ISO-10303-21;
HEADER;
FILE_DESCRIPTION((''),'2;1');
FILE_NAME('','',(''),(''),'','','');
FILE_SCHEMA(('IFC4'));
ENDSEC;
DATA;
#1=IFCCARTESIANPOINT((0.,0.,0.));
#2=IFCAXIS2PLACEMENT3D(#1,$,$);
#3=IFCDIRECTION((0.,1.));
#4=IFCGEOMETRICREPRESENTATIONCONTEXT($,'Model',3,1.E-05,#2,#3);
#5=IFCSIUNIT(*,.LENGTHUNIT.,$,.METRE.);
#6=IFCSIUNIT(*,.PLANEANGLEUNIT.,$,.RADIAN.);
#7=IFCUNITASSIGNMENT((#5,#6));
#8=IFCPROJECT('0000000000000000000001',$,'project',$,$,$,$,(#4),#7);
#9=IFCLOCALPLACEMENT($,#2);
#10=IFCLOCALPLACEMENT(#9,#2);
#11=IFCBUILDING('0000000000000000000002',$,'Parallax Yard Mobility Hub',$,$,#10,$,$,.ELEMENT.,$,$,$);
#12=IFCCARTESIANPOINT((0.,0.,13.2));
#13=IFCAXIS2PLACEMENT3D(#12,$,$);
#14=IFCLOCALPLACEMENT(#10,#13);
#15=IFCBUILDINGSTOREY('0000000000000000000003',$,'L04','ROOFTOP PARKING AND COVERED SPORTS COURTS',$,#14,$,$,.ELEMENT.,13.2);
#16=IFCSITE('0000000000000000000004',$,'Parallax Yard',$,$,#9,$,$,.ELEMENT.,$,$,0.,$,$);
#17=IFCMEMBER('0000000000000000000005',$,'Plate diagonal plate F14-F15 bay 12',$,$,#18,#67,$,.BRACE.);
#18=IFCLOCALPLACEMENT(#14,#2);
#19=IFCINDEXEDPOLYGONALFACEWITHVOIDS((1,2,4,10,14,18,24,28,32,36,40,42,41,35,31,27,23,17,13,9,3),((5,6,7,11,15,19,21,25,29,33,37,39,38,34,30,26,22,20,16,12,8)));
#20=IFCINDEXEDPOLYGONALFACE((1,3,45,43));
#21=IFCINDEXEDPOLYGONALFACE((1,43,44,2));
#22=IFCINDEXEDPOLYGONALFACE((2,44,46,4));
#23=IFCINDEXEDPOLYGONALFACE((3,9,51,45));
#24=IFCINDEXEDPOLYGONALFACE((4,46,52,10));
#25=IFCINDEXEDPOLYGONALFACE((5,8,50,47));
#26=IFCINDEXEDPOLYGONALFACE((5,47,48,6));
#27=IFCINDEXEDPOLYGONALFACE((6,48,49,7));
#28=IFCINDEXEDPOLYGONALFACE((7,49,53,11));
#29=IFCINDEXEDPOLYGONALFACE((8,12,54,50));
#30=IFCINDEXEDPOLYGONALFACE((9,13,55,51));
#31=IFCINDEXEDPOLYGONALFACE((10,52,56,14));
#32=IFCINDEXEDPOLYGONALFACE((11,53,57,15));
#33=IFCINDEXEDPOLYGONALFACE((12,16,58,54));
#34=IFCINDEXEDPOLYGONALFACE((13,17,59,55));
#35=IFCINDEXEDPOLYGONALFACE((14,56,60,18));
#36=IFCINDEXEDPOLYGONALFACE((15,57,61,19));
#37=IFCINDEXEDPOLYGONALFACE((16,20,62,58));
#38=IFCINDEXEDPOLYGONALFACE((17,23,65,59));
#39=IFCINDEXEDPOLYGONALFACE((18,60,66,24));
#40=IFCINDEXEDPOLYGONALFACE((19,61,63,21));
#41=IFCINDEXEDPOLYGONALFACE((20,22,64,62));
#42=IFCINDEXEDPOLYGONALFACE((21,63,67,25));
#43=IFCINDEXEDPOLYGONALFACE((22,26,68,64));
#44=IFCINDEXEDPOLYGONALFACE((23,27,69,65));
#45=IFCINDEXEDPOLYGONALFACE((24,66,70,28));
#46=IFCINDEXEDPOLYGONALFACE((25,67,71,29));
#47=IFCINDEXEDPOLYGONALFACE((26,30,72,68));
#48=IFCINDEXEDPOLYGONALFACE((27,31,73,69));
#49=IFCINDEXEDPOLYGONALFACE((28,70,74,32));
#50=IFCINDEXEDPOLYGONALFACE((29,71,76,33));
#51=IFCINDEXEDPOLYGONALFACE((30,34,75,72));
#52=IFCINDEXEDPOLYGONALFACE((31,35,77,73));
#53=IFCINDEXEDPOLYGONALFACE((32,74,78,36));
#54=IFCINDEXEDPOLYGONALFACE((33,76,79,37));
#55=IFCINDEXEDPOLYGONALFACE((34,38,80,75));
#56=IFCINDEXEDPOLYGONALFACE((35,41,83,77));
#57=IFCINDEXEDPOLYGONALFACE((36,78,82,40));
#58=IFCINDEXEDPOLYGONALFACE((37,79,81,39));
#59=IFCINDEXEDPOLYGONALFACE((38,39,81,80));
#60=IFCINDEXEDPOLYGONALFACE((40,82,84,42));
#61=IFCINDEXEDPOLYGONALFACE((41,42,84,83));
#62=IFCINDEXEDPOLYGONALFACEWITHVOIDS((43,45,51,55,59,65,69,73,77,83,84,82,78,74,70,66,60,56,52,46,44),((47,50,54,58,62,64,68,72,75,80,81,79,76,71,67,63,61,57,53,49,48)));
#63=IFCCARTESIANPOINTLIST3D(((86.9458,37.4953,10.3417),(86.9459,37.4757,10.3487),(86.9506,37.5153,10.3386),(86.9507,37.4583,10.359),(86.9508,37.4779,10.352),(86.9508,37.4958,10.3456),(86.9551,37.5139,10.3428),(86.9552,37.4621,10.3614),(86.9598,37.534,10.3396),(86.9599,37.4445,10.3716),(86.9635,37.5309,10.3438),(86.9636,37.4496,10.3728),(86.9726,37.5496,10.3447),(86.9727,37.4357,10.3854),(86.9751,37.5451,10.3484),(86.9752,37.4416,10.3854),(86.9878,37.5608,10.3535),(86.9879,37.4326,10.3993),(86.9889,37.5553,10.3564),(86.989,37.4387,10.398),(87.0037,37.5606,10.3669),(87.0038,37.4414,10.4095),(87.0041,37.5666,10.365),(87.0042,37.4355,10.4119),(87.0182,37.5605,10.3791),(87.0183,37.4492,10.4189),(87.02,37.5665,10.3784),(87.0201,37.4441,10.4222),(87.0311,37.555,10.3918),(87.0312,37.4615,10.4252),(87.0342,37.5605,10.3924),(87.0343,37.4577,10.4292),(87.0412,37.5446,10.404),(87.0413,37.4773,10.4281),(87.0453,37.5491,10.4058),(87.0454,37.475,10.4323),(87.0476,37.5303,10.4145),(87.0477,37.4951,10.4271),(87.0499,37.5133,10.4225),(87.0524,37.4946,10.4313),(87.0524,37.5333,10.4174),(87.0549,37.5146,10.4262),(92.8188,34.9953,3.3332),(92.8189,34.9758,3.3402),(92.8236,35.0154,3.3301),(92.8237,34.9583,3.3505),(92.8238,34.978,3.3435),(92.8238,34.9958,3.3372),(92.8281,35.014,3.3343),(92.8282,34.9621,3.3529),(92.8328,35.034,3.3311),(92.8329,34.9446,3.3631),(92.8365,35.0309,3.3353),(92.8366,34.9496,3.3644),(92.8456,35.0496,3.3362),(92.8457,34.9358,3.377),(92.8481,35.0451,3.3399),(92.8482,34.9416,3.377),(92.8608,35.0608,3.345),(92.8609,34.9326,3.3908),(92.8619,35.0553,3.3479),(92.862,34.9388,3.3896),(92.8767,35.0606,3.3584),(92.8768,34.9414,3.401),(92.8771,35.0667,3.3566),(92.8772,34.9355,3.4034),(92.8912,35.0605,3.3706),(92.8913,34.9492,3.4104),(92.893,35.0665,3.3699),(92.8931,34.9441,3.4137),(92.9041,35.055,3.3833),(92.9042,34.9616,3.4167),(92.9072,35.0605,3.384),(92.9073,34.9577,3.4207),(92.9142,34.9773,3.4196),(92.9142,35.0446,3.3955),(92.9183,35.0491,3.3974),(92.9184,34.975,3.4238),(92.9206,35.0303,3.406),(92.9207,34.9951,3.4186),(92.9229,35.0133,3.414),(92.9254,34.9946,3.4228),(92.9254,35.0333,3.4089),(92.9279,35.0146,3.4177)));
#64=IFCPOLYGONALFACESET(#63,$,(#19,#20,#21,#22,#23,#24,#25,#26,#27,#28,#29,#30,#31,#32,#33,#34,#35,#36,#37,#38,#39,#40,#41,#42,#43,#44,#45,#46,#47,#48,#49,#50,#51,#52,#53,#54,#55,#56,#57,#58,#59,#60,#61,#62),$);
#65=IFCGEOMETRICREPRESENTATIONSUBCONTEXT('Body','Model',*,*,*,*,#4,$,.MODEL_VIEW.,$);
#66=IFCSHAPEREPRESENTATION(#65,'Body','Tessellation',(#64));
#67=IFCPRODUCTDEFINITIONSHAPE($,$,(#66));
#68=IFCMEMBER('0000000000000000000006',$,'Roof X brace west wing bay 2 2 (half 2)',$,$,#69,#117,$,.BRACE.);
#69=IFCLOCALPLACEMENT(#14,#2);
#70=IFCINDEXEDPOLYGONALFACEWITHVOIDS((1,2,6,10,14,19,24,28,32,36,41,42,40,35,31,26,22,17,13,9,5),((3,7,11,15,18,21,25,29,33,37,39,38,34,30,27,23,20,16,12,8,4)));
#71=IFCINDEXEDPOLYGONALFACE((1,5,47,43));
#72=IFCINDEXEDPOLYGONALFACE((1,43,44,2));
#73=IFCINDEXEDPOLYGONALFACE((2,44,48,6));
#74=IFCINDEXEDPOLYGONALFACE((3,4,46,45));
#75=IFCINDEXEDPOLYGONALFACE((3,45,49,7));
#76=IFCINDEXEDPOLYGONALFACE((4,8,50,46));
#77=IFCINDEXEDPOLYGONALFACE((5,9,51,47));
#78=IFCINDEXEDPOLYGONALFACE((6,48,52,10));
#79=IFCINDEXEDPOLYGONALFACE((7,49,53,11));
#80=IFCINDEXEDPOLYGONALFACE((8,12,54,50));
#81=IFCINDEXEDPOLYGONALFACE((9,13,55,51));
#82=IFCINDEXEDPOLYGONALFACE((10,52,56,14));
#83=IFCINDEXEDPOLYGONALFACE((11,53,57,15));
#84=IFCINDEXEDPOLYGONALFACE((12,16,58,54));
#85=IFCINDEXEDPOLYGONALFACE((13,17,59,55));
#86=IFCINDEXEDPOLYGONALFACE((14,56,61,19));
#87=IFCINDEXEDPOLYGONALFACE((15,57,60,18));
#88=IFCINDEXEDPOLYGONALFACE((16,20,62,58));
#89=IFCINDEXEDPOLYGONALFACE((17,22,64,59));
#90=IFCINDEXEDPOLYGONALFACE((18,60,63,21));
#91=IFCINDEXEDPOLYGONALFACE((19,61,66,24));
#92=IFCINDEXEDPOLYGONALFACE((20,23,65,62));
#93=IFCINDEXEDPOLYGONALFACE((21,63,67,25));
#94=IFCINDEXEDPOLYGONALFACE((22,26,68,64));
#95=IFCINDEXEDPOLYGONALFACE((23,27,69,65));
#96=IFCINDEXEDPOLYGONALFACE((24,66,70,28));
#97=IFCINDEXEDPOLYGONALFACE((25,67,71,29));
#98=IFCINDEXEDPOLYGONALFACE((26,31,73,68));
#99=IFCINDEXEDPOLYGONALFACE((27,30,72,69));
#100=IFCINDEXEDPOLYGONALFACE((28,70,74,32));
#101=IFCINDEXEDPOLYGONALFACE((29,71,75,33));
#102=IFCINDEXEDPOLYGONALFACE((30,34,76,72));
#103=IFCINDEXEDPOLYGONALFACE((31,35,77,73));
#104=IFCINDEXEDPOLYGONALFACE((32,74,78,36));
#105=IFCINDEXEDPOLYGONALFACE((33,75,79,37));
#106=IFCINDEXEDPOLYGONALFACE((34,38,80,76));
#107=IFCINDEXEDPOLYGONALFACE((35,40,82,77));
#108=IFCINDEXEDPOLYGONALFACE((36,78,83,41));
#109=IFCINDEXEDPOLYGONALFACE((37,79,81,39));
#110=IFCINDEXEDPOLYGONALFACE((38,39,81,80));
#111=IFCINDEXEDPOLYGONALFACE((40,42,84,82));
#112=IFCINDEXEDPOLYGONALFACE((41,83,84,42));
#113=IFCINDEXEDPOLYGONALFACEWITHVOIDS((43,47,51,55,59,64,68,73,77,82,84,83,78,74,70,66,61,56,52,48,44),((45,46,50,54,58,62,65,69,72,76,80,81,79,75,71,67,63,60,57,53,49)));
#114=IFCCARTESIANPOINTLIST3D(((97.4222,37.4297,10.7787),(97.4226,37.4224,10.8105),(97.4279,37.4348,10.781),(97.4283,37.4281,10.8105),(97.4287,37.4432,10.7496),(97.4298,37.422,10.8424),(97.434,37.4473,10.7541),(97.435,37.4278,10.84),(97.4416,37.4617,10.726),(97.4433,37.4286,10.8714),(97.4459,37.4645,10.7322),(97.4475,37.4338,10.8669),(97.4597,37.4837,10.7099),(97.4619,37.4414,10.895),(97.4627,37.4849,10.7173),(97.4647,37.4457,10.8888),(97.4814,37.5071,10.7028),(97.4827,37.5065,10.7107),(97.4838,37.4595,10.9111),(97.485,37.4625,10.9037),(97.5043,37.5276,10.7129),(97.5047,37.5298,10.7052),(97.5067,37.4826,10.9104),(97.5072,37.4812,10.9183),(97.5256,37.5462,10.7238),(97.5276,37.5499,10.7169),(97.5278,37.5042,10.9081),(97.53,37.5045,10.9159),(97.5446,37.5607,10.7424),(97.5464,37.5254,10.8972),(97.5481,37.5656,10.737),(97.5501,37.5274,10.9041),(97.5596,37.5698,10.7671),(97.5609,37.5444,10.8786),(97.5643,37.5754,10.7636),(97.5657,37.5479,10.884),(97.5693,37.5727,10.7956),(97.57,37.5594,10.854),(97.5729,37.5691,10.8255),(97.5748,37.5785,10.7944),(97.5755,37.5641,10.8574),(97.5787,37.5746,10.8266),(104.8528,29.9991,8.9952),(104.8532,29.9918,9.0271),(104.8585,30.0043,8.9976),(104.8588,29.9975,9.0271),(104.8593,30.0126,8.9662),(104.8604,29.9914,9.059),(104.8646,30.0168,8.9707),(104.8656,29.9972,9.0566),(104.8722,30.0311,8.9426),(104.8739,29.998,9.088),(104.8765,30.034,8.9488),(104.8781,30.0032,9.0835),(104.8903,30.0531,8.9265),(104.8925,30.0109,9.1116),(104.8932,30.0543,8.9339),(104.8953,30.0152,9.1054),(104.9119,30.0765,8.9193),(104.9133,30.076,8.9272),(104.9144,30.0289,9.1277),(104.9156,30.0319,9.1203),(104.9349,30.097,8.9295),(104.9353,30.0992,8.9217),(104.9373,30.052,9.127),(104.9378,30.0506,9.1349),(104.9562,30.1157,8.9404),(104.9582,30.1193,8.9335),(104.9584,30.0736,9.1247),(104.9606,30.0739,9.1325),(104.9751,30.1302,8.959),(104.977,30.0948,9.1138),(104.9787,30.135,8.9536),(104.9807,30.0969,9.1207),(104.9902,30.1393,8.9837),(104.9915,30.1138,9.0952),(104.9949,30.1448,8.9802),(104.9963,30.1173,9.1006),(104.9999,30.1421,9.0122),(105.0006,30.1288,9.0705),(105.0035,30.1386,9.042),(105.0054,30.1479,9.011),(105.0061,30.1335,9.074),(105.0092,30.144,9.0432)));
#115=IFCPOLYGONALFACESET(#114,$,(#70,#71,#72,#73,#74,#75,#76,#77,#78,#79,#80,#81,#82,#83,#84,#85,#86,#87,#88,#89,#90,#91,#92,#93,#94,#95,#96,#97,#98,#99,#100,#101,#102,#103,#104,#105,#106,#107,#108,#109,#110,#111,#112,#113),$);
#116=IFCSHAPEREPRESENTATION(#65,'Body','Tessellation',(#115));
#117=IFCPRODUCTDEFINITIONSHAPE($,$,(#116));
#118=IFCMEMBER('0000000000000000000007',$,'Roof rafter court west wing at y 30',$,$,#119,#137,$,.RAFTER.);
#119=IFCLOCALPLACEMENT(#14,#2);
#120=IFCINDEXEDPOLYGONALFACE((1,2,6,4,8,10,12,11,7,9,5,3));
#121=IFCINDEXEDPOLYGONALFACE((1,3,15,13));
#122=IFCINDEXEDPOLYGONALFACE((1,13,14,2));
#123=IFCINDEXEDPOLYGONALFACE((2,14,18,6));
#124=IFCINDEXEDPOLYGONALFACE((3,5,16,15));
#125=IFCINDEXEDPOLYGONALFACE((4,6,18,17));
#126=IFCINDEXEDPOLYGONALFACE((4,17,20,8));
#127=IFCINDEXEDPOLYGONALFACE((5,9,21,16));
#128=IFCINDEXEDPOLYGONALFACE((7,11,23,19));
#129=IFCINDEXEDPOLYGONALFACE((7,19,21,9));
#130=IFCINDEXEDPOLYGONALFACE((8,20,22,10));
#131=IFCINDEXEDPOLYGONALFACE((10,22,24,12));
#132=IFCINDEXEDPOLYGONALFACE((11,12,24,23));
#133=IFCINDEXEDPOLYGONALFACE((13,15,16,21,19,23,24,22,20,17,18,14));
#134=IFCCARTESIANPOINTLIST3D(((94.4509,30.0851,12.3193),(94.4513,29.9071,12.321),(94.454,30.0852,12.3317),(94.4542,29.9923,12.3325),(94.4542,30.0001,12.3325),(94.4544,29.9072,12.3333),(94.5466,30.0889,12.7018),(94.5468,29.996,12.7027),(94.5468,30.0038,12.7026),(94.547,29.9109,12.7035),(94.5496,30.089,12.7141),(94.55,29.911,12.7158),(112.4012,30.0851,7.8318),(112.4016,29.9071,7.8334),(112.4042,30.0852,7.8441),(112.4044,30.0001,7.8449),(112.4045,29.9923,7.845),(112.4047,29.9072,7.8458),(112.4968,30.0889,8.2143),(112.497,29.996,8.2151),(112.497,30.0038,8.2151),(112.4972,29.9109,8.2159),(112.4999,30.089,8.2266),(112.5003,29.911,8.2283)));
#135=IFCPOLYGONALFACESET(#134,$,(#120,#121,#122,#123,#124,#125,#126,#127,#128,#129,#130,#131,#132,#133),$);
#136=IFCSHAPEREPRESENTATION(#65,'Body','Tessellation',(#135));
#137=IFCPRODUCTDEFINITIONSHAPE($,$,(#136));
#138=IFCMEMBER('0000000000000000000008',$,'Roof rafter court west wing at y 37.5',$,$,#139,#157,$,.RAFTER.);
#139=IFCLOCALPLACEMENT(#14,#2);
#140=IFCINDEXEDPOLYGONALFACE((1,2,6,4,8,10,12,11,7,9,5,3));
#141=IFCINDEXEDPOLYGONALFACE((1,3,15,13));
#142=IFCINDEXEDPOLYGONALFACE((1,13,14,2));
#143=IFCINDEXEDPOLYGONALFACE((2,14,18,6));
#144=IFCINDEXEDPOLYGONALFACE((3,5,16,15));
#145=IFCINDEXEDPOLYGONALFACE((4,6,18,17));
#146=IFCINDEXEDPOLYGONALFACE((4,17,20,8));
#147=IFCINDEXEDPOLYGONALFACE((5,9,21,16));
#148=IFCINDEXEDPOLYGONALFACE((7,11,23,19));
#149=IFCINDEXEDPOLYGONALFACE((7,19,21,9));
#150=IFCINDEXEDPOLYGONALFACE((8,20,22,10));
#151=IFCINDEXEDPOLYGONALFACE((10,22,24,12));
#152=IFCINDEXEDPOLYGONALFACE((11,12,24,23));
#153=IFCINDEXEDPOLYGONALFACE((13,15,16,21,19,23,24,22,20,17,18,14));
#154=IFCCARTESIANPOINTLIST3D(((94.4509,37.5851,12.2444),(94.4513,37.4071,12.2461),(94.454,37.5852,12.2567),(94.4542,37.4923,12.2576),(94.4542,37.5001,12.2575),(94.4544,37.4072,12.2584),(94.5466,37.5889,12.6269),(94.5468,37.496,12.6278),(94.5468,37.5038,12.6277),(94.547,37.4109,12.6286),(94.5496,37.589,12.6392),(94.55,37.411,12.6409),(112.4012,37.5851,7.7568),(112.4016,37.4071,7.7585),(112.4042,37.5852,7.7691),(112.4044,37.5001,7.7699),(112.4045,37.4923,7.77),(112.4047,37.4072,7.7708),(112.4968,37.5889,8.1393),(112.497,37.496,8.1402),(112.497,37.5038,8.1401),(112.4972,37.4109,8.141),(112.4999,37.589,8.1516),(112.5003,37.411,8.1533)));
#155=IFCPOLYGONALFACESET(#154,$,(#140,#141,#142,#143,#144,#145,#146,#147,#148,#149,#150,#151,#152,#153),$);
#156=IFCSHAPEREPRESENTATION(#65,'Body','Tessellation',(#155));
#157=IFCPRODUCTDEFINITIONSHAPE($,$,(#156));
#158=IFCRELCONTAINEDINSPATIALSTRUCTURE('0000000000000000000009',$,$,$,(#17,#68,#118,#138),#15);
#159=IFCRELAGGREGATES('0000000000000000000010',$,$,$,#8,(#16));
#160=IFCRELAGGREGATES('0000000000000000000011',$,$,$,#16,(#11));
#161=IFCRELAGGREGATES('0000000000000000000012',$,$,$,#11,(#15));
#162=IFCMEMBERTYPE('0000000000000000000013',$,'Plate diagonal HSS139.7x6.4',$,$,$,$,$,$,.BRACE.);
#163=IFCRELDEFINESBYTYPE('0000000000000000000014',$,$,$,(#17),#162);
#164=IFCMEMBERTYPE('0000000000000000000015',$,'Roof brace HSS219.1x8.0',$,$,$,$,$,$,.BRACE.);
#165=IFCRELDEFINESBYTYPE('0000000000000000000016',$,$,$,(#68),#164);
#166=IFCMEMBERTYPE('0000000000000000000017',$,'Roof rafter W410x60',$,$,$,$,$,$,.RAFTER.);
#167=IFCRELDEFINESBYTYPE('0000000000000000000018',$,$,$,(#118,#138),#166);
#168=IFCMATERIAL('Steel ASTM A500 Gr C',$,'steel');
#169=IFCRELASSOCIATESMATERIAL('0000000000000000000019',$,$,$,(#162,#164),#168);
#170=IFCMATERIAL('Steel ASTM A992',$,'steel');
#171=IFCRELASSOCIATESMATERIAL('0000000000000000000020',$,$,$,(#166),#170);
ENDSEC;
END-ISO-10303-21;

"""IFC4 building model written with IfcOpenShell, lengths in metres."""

from ifc_helpers import new_model, si_unit, direction, frame, origin, origin_2d, place, context, subcontext, project, spatial, hollow_circle, i_section, extrude, material, material_profile, profile_set, type_object, element, save


model = new_model("IFC4")

# Units and contexts
model_context = context("Model", 3, precision=1e-05, world=origin(), true_north=direction((0.0, 1.0)))
body_context = subcontext(model_context, "Body", "Model", "MODEL_VIEW")
ifc_project = project(units=[si_unit("LENGTHUNIT", "METRE"), si_unit("PLANEANGLEUNIT", "RADIAN")], contexts=[model_context])

# Site, building, storey
site_placement = place(None, origin())
site = spatial("IfcSite", under=ifc_project, at=site_placement, Name="Parallax Yard", CompositionType="ELEMENT", RefElevation=0.0)
building_placement = place(site_placement, origin())
building = spatial("IfcBuilding", under=site, at=building_placement, Name="Parallax Yard Mobility Hub", CompositionType="ELEMENT")
storey_placement = place(building_placement, frame((0.0, 0.0, 13.2)))
storey = spatial("IfcBuildingStorey", under=building, at=storey_placement, Name="L04", Description="ROOFTOP PARKING AND COVERED SPORTS COURTS", CompositionType="ELEMENT", Elevation=13.2)

# Shared definitions
ifc_material_1 = material(Name="Steel ASTM A992", Category="steel")

# Members
ifc_material_2 = material(Name="Steel ASTM A500 Gr C", Category="steel")
ifc_material_profile_1 = material_profile(ifc_material_2, hollow_circle(Radius=0.0698, WallThickness=0.0063, at=origin_2d()), Name="HSS139.7x6.4")
ifc_profile_set_1 = profile_set([ifc_material_profile_1], Name="Steel ASTM A500 Gr C")
member_type_1 = type_object("IfcMemberType", Name="Plate diagonal HSS139.7x6.4", PredefinedType="BRACE", material=ifc_profile_set_1)
for number, where, z_axis, x_axis, name in (
    (1, (92.873, 35.0, 3.377), (-0.619547, 0.263725, 0.739331), (-0.391665, -0.920108, 0.0), "Plate diagonal plate F14-F15 bay 12"),
):
    element("IfcMember", number, at=place(storey_placement, frame(where, z_axis=z_axis, x_axis=x_axis)), inside=storey, type_object=member_type_1, Name=name, PredefinedType="BRACE", context=body_context, shape_type="SweptSolid", body=[
        extrude(hollow_circle(Radius=0.0698, WallThickness=0.0063, at=origin_2d()), origin(), (0.0, 0.0, 1.0), 9.4795),
    ])
ifc_material_profile_2 = material_profile(ifc_material_2, hollow_circle(Radius=0.1096, WallThickness=0.0081, at=origin_2d()), Name="HSS219.1x8.0")
ifc_profile_set_2 = profile_set([ifc_material_profile_2], Name="Steel ASTM A500 Gr C")
member_type_2 = type_object("IfcMemberType", Name="Roof brace HSS219.1x8.0", PredefinedType="BRACE", material=ifc_profile_set_2)
member_placement = place(storey_placement, frame((104.9307, 30.0693, 9.0271), z_axis=(-0.697138, 0.697138, 0.167321), x_axis=(-0.707107, -0.707107, 0.0)))
element("IfcMember", 2, at=member_placement, inside=storey, type_object=member_type_2, Name="Roof X brace west wing bay 2 2 (half 2)", PredefinedType="BRACE", context=body_context, shape_type="SweptSolid", body=[
    extrude(hollow_circle(Radius=0.1096, WallThickness=0.0081, at=origin_2d()), origin(), (0.0, 0.0, 1.0), 10.6587),
])
ifc_material_profile_3 = material_profile(ifc_material_1, i_section(OverallWidth=0.178, OverallDepth=0.407, WebThickness=0.0078, FlangeThickness=0.0127, at=origin_2d()), Name="W410x60")
ifc_profile_set_3 = profile_set([ifc_material_profile_3], Name="Steel ASTM A992")
member_type_3 = type_object("IfcMemberType", Name="Roof rafter W410x60", PredefinedType="RAFTER", material=ifc_profile_set_3)
for number, where, z_axis, x_axis, name in (
    (3, (94.5005, 29.998, 12.5176), (0.970143, 0.0, -0.242536), (-0.002353, 0.999953, -0.009411), "Roof rafter court west wing at y 30"),
    (4, (94.5005, 37.498, 12.4426), (0.970143, 0.0, -0.242536), (-0.002353, 0.999953, -0.009411), "Roof rafter court west wing at y 37.5"),
):
    element("IfcMember", number, at=place(storey_placement, frame(where, z_axis=z_axis, x_axis=x_axis)), inside=storey, type_object=member_type_3, Name=name, PredefinedType="RAFTER", context=body_context, shape_type="SweptSolid", body=[
        extrude(i_section(OverallWidth=0.178, OverallDepth=0.407, WebThickness=0.0078, FlangeThickness=0.0127, at=origin_2d()), origin(), (0.0, 0.0, 1.0), 18.5027),
    ])

save(model, "model.ifc")
